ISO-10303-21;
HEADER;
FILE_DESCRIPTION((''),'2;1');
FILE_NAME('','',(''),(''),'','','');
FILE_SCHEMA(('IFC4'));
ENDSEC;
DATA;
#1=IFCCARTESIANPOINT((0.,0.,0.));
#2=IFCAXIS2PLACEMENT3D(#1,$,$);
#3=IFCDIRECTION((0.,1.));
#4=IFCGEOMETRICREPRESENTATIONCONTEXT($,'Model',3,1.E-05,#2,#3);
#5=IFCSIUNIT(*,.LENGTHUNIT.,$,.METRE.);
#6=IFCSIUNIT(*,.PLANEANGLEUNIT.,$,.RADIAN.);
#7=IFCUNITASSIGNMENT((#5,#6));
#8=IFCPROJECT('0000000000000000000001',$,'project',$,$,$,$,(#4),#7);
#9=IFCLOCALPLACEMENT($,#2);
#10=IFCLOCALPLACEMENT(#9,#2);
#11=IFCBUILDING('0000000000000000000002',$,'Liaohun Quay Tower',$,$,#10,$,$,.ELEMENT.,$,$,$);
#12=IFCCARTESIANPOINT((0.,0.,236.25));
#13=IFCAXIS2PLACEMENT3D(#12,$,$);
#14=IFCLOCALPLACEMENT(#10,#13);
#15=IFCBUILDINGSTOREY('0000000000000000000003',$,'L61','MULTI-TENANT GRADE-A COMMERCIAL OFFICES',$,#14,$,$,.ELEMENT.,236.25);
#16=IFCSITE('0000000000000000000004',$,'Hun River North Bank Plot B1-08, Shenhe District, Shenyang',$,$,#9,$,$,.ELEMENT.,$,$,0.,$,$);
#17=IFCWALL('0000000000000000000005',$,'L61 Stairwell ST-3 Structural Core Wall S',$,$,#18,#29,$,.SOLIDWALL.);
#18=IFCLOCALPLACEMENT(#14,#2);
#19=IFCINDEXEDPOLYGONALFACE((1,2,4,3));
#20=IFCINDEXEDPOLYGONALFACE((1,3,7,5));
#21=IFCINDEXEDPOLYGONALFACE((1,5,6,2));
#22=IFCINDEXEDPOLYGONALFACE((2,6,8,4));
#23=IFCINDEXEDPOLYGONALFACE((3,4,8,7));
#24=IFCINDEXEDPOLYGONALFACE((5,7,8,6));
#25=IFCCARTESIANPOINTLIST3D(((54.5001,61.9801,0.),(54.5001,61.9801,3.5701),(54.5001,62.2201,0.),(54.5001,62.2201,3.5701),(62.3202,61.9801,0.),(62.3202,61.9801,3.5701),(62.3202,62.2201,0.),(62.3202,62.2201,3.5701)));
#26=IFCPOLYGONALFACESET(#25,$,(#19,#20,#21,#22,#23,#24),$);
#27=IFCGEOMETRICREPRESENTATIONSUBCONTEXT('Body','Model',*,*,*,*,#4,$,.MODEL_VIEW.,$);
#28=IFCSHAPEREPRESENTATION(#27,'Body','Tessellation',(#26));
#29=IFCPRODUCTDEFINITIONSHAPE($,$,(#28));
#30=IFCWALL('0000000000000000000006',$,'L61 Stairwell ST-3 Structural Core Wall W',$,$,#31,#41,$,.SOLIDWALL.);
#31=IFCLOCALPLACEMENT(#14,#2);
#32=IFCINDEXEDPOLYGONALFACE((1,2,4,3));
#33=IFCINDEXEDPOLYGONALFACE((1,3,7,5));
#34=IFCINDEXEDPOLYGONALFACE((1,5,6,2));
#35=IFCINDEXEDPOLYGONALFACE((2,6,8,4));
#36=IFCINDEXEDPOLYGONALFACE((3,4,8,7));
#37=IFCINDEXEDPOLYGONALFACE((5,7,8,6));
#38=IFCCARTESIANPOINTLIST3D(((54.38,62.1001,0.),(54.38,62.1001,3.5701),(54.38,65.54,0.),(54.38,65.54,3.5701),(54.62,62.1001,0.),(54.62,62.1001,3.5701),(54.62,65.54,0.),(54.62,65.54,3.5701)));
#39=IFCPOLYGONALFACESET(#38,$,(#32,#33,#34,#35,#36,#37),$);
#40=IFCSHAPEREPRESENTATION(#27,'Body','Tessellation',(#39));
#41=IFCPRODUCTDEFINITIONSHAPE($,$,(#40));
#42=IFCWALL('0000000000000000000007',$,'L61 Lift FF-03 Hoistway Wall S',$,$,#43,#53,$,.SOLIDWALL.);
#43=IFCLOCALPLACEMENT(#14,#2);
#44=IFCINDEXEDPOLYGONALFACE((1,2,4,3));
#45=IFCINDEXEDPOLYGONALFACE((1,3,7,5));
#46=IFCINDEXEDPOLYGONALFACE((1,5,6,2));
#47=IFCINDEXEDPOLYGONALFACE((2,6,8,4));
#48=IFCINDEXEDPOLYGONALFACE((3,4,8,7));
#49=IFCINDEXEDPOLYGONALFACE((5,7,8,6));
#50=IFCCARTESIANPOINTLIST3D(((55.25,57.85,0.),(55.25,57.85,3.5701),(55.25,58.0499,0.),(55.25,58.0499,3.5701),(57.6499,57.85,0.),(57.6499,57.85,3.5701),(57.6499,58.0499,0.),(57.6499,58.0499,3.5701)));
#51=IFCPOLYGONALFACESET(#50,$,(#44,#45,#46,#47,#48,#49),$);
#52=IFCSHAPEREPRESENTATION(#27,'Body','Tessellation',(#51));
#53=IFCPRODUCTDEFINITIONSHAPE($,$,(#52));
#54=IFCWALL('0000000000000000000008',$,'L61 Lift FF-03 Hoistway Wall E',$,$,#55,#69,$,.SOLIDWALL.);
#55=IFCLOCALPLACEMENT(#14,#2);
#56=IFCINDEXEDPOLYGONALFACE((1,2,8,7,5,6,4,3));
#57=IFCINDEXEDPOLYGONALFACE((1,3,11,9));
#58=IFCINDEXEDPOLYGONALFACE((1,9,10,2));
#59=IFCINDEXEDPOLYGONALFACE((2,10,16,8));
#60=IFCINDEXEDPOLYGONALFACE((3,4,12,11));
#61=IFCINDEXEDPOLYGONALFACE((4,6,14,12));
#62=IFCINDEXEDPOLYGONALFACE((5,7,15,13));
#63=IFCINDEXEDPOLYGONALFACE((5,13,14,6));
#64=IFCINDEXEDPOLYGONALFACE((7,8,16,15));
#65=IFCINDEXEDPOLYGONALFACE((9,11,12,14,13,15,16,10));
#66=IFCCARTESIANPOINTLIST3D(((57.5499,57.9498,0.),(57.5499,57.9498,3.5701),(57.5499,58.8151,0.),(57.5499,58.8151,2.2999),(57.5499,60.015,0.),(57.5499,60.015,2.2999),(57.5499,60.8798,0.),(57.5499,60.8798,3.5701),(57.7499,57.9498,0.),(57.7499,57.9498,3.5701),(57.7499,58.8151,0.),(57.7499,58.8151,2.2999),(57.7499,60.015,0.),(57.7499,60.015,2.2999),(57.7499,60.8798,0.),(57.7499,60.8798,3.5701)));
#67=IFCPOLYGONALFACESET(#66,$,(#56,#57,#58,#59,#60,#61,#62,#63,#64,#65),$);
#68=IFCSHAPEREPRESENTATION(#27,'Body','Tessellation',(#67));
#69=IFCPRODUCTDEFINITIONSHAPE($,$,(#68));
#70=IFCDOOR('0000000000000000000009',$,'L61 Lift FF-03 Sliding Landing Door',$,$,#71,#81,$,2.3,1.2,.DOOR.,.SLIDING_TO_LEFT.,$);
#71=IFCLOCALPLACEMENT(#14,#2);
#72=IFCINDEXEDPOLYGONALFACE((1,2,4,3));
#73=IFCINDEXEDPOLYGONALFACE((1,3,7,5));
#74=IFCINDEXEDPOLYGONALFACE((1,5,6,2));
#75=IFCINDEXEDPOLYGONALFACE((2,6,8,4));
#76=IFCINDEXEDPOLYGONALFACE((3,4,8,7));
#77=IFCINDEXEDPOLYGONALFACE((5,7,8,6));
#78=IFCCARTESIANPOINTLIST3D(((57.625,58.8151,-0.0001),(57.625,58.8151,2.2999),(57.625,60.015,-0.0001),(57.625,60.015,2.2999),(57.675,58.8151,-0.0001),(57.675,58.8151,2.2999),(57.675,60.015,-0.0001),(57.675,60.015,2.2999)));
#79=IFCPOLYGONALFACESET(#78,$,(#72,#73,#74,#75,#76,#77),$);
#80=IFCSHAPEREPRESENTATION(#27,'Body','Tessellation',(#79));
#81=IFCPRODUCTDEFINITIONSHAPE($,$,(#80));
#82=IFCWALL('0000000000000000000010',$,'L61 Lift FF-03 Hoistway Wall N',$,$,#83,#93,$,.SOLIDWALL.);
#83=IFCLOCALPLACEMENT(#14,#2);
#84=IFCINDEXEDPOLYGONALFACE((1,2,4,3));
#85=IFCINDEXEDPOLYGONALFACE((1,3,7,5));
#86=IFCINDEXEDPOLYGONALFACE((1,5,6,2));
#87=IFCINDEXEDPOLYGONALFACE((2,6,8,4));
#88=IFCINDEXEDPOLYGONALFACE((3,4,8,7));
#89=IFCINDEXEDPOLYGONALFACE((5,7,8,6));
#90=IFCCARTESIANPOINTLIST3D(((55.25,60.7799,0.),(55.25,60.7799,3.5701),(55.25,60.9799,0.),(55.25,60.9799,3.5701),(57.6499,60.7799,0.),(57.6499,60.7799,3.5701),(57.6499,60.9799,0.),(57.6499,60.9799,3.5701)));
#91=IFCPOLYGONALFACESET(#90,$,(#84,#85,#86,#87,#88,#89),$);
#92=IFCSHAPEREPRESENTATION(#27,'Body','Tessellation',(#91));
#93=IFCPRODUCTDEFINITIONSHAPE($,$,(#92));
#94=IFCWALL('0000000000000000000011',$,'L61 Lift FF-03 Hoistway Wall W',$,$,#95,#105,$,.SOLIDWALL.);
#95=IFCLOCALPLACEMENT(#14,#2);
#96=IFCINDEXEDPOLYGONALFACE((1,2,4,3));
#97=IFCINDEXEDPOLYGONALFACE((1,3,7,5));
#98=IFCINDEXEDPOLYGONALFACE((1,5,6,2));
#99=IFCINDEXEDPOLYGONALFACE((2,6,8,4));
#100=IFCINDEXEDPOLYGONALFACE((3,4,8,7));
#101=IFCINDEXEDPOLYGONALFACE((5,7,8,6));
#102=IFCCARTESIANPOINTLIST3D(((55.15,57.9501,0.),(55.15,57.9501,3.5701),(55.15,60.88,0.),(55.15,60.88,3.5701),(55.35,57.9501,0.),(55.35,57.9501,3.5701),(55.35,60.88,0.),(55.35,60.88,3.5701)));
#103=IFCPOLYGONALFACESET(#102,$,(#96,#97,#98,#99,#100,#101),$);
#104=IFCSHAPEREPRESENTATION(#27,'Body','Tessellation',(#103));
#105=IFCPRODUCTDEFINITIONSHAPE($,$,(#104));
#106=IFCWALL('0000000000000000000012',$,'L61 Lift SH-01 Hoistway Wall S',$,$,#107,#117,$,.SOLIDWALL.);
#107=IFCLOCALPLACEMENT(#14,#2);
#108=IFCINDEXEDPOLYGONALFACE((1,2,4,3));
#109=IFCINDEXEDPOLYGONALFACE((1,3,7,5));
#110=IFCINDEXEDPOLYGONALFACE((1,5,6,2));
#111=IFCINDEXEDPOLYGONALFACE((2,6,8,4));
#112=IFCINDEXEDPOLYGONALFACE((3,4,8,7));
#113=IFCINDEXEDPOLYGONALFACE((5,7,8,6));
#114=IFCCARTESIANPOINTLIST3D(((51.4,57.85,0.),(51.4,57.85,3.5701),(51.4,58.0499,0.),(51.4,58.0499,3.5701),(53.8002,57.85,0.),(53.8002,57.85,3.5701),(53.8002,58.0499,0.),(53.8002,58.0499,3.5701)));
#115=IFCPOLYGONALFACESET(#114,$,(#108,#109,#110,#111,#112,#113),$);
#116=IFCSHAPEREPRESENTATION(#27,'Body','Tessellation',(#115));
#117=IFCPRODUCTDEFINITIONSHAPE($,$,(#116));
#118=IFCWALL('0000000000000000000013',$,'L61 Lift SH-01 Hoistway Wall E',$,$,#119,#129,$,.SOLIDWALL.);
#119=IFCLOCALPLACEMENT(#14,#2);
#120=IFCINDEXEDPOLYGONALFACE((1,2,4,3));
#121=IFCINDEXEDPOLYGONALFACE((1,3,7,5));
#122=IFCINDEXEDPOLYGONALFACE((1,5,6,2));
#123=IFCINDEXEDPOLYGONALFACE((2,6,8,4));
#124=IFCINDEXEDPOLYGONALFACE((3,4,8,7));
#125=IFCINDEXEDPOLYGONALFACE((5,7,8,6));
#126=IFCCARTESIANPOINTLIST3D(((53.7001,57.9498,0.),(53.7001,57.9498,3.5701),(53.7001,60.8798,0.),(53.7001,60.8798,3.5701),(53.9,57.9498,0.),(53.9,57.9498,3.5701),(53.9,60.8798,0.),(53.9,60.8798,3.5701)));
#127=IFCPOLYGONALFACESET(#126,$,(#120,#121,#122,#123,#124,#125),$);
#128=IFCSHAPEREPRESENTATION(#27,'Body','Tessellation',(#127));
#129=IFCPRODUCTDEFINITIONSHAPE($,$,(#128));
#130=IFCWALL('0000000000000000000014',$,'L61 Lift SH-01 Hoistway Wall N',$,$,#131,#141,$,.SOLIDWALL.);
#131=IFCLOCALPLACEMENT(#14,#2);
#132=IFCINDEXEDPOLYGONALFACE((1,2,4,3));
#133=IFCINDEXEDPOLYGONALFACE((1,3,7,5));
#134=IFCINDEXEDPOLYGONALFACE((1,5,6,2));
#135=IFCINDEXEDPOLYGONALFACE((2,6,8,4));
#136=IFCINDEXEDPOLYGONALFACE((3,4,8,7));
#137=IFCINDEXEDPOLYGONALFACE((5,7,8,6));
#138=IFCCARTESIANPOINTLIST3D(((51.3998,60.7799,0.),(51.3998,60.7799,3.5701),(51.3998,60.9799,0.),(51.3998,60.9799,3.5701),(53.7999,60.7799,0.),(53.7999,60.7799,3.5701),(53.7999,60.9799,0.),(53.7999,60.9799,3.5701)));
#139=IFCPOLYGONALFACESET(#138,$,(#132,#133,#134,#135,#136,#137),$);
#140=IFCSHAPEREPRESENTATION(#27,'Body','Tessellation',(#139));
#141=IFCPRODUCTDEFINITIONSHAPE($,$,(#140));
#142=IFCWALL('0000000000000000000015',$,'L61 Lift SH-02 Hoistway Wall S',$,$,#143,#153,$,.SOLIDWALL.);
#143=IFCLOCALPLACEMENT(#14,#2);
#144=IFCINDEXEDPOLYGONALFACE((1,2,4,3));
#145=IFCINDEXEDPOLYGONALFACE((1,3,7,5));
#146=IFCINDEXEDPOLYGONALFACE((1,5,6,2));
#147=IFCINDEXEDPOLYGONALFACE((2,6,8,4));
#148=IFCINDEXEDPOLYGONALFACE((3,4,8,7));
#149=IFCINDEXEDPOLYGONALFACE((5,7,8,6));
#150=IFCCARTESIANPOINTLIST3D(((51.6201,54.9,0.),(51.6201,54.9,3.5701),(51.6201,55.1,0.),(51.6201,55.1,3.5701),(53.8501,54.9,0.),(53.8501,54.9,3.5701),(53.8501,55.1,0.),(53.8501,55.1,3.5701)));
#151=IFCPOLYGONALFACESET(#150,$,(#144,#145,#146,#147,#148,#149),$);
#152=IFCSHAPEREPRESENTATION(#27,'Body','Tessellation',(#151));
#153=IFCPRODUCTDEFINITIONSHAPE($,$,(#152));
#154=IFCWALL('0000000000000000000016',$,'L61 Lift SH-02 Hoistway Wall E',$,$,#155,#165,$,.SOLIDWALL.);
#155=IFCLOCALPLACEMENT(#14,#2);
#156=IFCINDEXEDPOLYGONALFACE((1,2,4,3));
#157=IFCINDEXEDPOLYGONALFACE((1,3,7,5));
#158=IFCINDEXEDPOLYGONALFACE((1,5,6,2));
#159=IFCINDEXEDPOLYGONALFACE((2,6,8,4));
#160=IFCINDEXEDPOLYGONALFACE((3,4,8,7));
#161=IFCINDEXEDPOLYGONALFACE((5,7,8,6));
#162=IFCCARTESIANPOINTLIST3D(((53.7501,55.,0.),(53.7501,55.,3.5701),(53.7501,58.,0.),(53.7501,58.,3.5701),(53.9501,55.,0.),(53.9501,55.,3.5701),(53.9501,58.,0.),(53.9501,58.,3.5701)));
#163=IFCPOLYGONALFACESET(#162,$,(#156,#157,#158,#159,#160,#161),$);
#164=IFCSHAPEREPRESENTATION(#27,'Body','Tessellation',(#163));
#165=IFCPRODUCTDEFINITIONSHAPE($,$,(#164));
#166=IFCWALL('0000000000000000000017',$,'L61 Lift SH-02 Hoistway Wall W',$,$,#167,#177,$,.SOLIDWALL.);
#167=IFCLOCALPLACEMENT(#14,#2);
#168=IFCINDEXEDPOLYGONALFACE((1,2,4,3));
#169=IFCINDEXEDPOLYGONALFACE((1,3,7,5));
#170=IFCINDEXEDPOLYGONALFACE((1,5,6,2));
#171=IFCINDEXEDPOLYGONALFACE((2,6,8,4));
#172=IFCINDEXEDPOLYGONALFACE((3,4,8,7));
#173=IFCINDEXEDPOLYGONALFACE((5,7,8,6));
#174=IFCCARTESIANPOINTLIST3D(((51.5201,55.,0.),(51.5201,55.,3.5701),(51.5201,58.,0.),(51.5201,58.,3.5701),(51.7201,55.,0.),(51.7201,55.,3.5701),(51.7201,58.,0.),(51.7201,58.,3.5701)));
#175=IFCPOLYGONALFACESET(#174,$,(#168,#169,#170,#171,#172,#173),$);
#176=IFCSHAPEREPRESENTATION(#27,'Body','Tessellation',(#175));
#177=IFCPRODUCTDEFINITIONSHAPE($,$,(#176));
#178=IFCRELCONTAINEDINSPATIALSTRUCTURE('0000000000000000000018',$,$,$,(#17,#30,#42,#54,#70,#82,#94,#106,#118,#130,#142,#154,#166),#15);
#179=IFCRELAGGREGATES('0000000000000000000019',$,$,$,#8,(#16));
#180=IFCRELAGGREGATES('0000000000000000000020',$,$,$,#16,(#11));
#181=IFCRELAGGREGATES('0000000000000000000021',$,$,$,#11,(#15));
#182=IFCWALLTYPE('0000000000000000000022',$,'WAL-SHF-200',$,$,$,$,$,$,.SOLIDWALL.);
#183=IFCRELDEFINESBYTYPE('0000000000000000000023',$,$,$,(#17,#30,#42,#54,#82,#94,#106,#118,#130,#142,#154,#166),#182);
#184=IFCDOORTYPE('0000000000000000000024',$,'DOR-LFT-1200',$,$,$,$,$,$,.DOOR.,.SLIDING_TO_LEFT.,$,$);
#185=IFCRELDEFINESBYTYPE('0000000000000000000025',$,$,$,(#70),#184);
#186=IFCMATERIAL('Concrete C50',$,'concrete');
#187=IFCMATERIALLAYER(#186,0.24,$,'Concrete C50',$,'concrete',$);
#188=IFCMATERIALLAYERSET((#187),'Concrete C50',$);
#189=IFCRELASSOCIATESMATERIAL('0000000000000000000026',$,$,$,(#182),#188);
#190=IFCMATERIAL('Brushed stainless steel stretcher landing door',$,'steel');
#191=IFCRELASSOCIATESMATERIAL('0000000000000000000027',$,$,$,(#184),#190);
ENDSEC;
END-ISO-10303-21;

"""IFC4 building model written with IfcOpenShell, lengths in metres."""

from ifc_helpers import new_model, si_unit, direction, frame, frame_2d, origin, place, context, subcontext, project, spatial, rectangle, extrude, source, transform, mapped, material, layer, layer_set, type_object, element, fill, save


model = new_model("IFC4")

# Units and contexts
model_context = context("Model", 3, precision=1e-05, world=origin(), true_north=direction((0.0, 1.0)))
body_context = subcontext(model_context, "Body", "Model", "MODEL_VIEW")
ifc_project = project(units=[si_unit("LENGTHUNIT", "METRE"), si_unit("PLANEANGLEUNIT", "RADIAN")], contexts=[model_context])

# Site, building, storey
site_placement = place(None, origin())
site = spatial("IfcSite", under=ifc_project, at=site_placement, Name="Hun River North Bank Plot B1-08, Shenhe District, Shenyang", CompositionType="ELEMENT", RefElevation=0.0)
building_placement = place(site_placement, origin())
building = spatial("IfcBuilding", under=site, at=building_placement, Name="Liaohun Quay Tower", CompositionType="ELEMENT")
storey_placement = place(building_placement, frame((0.0, 0.0, 236.25)))
storey = spatial("IfcBuildingStorey", under=building, at=storey_placement, Name="L61", Description="MULTI-TENANT GRADE-A COMMERCIAL OFFICES", CompositionType="ELEMENT", Elevation=236.25)

# Walls
ifc_material_1 = material(Name="Concrete C50", Category="concrete")
ifc_layer_1 = layer(ifc_material_1, 0.24, Name="Concrete C50", Category="concrete")
ifc_layer_set_1 = layer_set([ifc_layer_1], Name="Concrete C50")
wall_type_1 = type_object("IfcWallType", Name="WAL-SHF-200", PredefinedType="SOLIDWALL", material=ifc_layer_set_1)
wall_1_placement = place(storey_placement, frame((54.5, 62.1001, 0.0), z_axis=(0.0, 0.0, 1.0), x_axis=(1.0, 0.0, 0.0)))
element("IfcWall", 1, at=wall_1_placement, inside=storey, type_object=wall_type_1, Name="L61 Stairwell ST-3 Structural Core Wall S", PredefinedType="SOLIDWALL", context=body_context, shape_type="SweptSolid", body=[
    extrude(rectangle(XDim=7.8201, YDim=0.24, at=frame_2d((3.9102, 0.0))), origin(), (0.0, 0.0, 1.0), 3.5701),
])
wall_2_placement = place(storey_placement, frame((54.5, 65.54, 0.0), z_axis=(0.0, 0.0, 1.0), x_axis=(0.0, -1.0, 0.0)))
element("IfcWall", 2, at=wall_2_placement, inside=storey, type_object=wall_type_1, Name="L61 Stairwell ST-3 Structural Core Wall W", PredefinedType="SOLIDWALL", context=body_context, shape_type="SweptSolid", body=[
    extrude(rectangle(XDim=3.4399, YDim=0.24, at=frame_2d((1.72, 0.0))), origin(), (0.0, 0.0, 1.0), 3.5701),
])
wall_3_placement = place(storey_placement, frame((55.25, 57.95, 0.0), z_axis=(0.0, 0.0, 1.0), x_axis=(1.0, 0.0, 0.0)))
element("IfcWall", 3, at=wall_3_placement, inside=storey, type_object=wall_type_1, Name="L61 Lift FF-03 Hoistway Wall S", PredefinedType="SOLIDWALL", context=body_context, shape_type="SweptSolid", body=[
    extrude(rectangle(XDim=2.3999, YDim=0.2, at=frame_2d((1.2, 0.0))), origin(), (0.0, 0.0, 1.0), 3.5701),
])

# Wall, opening, door
wall_4_placement = place(storey_placement, frame((57.6499, 57.95, 0.0), z_axis=(0.0, 0.0, 1.0), x_axis=(0.0, 1.0, 0.0)))
wall_4 = element("IfcWall", 4, at=wall_4_placement, inside=storey, type_object=wall_type_1, Name="L61 Lift FF-03 Hoistway Wall E", PredefinedType="SOLIDWALL", context=body_context, shape_type="SweptSolid", body=[
    extrude(rectangle(XDim=2.9299, YDim=0.2, at=frame_2d((1.4648, 0.0))), origin(), (0.0, 0.0, 1.0), 3.5701),
])
shared_shape_1 = source(origin(), body_context, "Body", "SweptSolid", [
    extrude(rectangle(XDim=1.2, YDim=2.3, at=frame_2d((0.6001, 1.1499))), frame((0.0, 0.1099, 0.0), z_axis=(0.0, -1.0, 0.0), x_axis=(1.0, 0.0, 0.0)), (0.0, 0.0, 1.0), 0.22),
])
opening_placement = place(wall_4_placement, frame((0.865, 0.0, 0.0)))
opening = element("IfcOpeningElement", 5, at=opening_placement, cuts=wall_4, PredefinedType="OPENING", context=body_context, shape_type="MappedRepresentation", body=[
    mapped(shared_shape_1, transform((0.0, 0.0, 0.0), x_axis=(1.0, 0.0, 0.0), y_axis=(0.0, 1.0, 0.0), z_axis=(0.0, 0.0, 1.0), scale=1.0)),
])
ifc_material_2 = material(Name="Brushed stainless steel stretcher landing door", Category="steel")
door_type = type_object("IfcDoorType", Name="DOR-LFT-1200", OperationType="SLIDING_TO_LEFT", PredefinedType="DOOR", material=ifc_material_2)
shared_shape_2 = source(origin(), body_context, "Body", "SweptSolid", [
    extrude(rectangle(XDim=1.2, YDim=2.3, at=frame_2d((0.6001, 1.1499))), frame((0.0, 0.0249, 0.0), z_axis=(0.0, -1.0, 0.0), x_axis=(1.0, 0.0, 0.0)), (0.0, 0.0, 1.0), 0.05),
])
door_placement = place(opening_placement, origin())
door = element("IfcDoor", 6, at=door_placement, inside=storey, type_object=door_type, Name="L61 Lift FF-03 Sliding Landing Door", OperationType="SLIDING_TO_LEFT", OverallHeight=2.3, OverallWidth=1.2, PredefinedType="DOOR", context=body_context, shape_type="MappedRepresentation", body=[
    mapped(shared_shape_2, transform((0.0, 0.0, 0.0), x_axis=(1.0, 0.0, 0.0), y_axis=(0.0, 1.0, 0.0), z_axis=(0.0, 0.0, 1.0), scale=1.0)),
])
fill(opening, door)

# Walls
wall_5_placement = place(storey_placement, frame((57.6499, 60.8799, 0.0), z_axis=(0.0, 0.0, 1.0), x_axis=(-1.0, 0.0, 0.0)))
element("IfcWall", 7, at=wall_5_placement, inside=storey, type_object=wall_type_1, Name="L61 Lift FF-03 Hoistway Wall N", PredefinedType="SOLIDWALL", context=body_context, shape_type="SweptSolid", body=[
    extrude(rectangle(XDim=2.3999, YDim=0.2, at=frame_2d((1.2, 0.0))), origin(), (0.0, 0.0, 1.0), 3.5701),
])
wall_6_placement = place(storey_placement, frame((55.25, 60.8799, 0.0), z_axis=(0.0, 0.0, 1.0), x_axis=(0.0, -1.0, 0.0)))
element("IfcWall", 8, at=wall_6_placement, inside=storey, type_object=wall_type_1, Name="L61 Lift FF-03 Hoistway Wall W", PredefinedType="SOLIDWALL", context=body_context, shape_type="SweptSolid", body=[
    extrude(rectangle(XDim=2.9299, YDim=0.2, at=frame_2d((1.4648, 0.0))), origin(), (0.0, 0.0, 1.0), 3.5701),
])
wall_7_placement = place(storey_placement, frame((51.3999, 57.95, 0.0), z_axis=(0.0, 0.0, 1.0), x_axis=(1.0, 0.0, 0.0)))
element("IfcWall", 9, at=wall_7_placement, inside=storey, type_object=wall_type_1, Name="L61 Lift SH-01 Hoistway Wall S", PredefinedType="SOLIDWALL", context=body_context, shape_type="SweptSolid", body=[
    extrude(rectangle(XDim=2.4001, YDim=0.2, at=frame_2d((1.2002, 0.0))), origin(), (0.0, 0.0, 1.0), 3.5701),
])
wall_8_placement = place(storey_placement, frame((53.8, 57.95, 0.0), z_axis=(0.0, 0.0, 1.0), x_axis=(0.0, 1.0, 0.0)))
element("IfcWall", 10, at=wall_8_placement, inside=storey, type_object=wall_type_1, Name="L61 Lift SH-01 Hoistway Wall E", PredefinedType="SOLIDWALL", context=body_context, shape_type="SweptSolid", body=[
    extrude(rectangle(XDim=2.9299, YDim=0.2, at=frame_2d((1.4648, 0.0))), origin(), (0.0, 0.0, 1.0), 3.5701),
])
wall_9_placement = place(storey_placement, frame((53.8, 60.8799, 0.0), z_axis=(0.0, 0.0, 1.0), x_axis=(-1.0, 0.0, 0.0)))
element("IfcWall", 11, at=wall_9_placement, inside=storey, type_object=wall_type_1, Name="L61 Lift SH-01 Hoistway Wall N", PredefinedType="SOLIDWALL", context=body_context, shape_type="SweptSolid", body=[
    extrude(rectangle(XDim=2.4001, YDim=0.2, at=frame_2d((1.2002, 0.0))), origin(), (0.0, 0.0, 1.0), 3.5701),
])
wall_10_placement = place(storey_placement, frame((51.6201, 55.0, 0.0), z_axis=(0.0, 0.0, 1.0), x_axis=(1.0, 0.0, 0.0)))
element("IfcWall", 12, at=wall_10_placement, inside=storey, type_object=wall_type_1, Name="L61 Lift SH-02 Hoistway Wall S", PredefinedType="SOLIDWALL", context=body_context, shape_type="SweptSolid", body=[
    extrude(rectangle(XDim=2.23, YDim=0.2, at=frame_2d((1.115, 0.0))), origin(), (0.0, 0.0, 1.0), 3.5701),
])
for number, where, z_axis, x_axis, name in (
    (13, (53.8501, 55.0, 0.0), (0.0, 0.0, 1.0), (0.0, 1.0, 0.0), "L61 Lift SH-02 Hoistway Wall E"),
    (14, (51.6201, 58.0, 0.0), (0.0, 0.0, 1.0), (0.0, -1.0, 0.0), "L61 Lift SH-02 Hoistway Wall W"),
):
    element("IfcWall", number, at=place(storey_placement, frame(where, z_axis=z_axis, x_axis=x_axis)), inside=storey, type_object=wall_type_1, Name=name, PredefinedType="SOLIDWALL", context=body_context, shape_type="SweptSolid", body=[
        extrude(rectangle(XDim=3.0, YDim=0.2, at=frame_2d((1.5, 0.0))), origin(), (0.0, 0.0, 1.0), 3.5701),
    ])

save(model, "model.ifc")
